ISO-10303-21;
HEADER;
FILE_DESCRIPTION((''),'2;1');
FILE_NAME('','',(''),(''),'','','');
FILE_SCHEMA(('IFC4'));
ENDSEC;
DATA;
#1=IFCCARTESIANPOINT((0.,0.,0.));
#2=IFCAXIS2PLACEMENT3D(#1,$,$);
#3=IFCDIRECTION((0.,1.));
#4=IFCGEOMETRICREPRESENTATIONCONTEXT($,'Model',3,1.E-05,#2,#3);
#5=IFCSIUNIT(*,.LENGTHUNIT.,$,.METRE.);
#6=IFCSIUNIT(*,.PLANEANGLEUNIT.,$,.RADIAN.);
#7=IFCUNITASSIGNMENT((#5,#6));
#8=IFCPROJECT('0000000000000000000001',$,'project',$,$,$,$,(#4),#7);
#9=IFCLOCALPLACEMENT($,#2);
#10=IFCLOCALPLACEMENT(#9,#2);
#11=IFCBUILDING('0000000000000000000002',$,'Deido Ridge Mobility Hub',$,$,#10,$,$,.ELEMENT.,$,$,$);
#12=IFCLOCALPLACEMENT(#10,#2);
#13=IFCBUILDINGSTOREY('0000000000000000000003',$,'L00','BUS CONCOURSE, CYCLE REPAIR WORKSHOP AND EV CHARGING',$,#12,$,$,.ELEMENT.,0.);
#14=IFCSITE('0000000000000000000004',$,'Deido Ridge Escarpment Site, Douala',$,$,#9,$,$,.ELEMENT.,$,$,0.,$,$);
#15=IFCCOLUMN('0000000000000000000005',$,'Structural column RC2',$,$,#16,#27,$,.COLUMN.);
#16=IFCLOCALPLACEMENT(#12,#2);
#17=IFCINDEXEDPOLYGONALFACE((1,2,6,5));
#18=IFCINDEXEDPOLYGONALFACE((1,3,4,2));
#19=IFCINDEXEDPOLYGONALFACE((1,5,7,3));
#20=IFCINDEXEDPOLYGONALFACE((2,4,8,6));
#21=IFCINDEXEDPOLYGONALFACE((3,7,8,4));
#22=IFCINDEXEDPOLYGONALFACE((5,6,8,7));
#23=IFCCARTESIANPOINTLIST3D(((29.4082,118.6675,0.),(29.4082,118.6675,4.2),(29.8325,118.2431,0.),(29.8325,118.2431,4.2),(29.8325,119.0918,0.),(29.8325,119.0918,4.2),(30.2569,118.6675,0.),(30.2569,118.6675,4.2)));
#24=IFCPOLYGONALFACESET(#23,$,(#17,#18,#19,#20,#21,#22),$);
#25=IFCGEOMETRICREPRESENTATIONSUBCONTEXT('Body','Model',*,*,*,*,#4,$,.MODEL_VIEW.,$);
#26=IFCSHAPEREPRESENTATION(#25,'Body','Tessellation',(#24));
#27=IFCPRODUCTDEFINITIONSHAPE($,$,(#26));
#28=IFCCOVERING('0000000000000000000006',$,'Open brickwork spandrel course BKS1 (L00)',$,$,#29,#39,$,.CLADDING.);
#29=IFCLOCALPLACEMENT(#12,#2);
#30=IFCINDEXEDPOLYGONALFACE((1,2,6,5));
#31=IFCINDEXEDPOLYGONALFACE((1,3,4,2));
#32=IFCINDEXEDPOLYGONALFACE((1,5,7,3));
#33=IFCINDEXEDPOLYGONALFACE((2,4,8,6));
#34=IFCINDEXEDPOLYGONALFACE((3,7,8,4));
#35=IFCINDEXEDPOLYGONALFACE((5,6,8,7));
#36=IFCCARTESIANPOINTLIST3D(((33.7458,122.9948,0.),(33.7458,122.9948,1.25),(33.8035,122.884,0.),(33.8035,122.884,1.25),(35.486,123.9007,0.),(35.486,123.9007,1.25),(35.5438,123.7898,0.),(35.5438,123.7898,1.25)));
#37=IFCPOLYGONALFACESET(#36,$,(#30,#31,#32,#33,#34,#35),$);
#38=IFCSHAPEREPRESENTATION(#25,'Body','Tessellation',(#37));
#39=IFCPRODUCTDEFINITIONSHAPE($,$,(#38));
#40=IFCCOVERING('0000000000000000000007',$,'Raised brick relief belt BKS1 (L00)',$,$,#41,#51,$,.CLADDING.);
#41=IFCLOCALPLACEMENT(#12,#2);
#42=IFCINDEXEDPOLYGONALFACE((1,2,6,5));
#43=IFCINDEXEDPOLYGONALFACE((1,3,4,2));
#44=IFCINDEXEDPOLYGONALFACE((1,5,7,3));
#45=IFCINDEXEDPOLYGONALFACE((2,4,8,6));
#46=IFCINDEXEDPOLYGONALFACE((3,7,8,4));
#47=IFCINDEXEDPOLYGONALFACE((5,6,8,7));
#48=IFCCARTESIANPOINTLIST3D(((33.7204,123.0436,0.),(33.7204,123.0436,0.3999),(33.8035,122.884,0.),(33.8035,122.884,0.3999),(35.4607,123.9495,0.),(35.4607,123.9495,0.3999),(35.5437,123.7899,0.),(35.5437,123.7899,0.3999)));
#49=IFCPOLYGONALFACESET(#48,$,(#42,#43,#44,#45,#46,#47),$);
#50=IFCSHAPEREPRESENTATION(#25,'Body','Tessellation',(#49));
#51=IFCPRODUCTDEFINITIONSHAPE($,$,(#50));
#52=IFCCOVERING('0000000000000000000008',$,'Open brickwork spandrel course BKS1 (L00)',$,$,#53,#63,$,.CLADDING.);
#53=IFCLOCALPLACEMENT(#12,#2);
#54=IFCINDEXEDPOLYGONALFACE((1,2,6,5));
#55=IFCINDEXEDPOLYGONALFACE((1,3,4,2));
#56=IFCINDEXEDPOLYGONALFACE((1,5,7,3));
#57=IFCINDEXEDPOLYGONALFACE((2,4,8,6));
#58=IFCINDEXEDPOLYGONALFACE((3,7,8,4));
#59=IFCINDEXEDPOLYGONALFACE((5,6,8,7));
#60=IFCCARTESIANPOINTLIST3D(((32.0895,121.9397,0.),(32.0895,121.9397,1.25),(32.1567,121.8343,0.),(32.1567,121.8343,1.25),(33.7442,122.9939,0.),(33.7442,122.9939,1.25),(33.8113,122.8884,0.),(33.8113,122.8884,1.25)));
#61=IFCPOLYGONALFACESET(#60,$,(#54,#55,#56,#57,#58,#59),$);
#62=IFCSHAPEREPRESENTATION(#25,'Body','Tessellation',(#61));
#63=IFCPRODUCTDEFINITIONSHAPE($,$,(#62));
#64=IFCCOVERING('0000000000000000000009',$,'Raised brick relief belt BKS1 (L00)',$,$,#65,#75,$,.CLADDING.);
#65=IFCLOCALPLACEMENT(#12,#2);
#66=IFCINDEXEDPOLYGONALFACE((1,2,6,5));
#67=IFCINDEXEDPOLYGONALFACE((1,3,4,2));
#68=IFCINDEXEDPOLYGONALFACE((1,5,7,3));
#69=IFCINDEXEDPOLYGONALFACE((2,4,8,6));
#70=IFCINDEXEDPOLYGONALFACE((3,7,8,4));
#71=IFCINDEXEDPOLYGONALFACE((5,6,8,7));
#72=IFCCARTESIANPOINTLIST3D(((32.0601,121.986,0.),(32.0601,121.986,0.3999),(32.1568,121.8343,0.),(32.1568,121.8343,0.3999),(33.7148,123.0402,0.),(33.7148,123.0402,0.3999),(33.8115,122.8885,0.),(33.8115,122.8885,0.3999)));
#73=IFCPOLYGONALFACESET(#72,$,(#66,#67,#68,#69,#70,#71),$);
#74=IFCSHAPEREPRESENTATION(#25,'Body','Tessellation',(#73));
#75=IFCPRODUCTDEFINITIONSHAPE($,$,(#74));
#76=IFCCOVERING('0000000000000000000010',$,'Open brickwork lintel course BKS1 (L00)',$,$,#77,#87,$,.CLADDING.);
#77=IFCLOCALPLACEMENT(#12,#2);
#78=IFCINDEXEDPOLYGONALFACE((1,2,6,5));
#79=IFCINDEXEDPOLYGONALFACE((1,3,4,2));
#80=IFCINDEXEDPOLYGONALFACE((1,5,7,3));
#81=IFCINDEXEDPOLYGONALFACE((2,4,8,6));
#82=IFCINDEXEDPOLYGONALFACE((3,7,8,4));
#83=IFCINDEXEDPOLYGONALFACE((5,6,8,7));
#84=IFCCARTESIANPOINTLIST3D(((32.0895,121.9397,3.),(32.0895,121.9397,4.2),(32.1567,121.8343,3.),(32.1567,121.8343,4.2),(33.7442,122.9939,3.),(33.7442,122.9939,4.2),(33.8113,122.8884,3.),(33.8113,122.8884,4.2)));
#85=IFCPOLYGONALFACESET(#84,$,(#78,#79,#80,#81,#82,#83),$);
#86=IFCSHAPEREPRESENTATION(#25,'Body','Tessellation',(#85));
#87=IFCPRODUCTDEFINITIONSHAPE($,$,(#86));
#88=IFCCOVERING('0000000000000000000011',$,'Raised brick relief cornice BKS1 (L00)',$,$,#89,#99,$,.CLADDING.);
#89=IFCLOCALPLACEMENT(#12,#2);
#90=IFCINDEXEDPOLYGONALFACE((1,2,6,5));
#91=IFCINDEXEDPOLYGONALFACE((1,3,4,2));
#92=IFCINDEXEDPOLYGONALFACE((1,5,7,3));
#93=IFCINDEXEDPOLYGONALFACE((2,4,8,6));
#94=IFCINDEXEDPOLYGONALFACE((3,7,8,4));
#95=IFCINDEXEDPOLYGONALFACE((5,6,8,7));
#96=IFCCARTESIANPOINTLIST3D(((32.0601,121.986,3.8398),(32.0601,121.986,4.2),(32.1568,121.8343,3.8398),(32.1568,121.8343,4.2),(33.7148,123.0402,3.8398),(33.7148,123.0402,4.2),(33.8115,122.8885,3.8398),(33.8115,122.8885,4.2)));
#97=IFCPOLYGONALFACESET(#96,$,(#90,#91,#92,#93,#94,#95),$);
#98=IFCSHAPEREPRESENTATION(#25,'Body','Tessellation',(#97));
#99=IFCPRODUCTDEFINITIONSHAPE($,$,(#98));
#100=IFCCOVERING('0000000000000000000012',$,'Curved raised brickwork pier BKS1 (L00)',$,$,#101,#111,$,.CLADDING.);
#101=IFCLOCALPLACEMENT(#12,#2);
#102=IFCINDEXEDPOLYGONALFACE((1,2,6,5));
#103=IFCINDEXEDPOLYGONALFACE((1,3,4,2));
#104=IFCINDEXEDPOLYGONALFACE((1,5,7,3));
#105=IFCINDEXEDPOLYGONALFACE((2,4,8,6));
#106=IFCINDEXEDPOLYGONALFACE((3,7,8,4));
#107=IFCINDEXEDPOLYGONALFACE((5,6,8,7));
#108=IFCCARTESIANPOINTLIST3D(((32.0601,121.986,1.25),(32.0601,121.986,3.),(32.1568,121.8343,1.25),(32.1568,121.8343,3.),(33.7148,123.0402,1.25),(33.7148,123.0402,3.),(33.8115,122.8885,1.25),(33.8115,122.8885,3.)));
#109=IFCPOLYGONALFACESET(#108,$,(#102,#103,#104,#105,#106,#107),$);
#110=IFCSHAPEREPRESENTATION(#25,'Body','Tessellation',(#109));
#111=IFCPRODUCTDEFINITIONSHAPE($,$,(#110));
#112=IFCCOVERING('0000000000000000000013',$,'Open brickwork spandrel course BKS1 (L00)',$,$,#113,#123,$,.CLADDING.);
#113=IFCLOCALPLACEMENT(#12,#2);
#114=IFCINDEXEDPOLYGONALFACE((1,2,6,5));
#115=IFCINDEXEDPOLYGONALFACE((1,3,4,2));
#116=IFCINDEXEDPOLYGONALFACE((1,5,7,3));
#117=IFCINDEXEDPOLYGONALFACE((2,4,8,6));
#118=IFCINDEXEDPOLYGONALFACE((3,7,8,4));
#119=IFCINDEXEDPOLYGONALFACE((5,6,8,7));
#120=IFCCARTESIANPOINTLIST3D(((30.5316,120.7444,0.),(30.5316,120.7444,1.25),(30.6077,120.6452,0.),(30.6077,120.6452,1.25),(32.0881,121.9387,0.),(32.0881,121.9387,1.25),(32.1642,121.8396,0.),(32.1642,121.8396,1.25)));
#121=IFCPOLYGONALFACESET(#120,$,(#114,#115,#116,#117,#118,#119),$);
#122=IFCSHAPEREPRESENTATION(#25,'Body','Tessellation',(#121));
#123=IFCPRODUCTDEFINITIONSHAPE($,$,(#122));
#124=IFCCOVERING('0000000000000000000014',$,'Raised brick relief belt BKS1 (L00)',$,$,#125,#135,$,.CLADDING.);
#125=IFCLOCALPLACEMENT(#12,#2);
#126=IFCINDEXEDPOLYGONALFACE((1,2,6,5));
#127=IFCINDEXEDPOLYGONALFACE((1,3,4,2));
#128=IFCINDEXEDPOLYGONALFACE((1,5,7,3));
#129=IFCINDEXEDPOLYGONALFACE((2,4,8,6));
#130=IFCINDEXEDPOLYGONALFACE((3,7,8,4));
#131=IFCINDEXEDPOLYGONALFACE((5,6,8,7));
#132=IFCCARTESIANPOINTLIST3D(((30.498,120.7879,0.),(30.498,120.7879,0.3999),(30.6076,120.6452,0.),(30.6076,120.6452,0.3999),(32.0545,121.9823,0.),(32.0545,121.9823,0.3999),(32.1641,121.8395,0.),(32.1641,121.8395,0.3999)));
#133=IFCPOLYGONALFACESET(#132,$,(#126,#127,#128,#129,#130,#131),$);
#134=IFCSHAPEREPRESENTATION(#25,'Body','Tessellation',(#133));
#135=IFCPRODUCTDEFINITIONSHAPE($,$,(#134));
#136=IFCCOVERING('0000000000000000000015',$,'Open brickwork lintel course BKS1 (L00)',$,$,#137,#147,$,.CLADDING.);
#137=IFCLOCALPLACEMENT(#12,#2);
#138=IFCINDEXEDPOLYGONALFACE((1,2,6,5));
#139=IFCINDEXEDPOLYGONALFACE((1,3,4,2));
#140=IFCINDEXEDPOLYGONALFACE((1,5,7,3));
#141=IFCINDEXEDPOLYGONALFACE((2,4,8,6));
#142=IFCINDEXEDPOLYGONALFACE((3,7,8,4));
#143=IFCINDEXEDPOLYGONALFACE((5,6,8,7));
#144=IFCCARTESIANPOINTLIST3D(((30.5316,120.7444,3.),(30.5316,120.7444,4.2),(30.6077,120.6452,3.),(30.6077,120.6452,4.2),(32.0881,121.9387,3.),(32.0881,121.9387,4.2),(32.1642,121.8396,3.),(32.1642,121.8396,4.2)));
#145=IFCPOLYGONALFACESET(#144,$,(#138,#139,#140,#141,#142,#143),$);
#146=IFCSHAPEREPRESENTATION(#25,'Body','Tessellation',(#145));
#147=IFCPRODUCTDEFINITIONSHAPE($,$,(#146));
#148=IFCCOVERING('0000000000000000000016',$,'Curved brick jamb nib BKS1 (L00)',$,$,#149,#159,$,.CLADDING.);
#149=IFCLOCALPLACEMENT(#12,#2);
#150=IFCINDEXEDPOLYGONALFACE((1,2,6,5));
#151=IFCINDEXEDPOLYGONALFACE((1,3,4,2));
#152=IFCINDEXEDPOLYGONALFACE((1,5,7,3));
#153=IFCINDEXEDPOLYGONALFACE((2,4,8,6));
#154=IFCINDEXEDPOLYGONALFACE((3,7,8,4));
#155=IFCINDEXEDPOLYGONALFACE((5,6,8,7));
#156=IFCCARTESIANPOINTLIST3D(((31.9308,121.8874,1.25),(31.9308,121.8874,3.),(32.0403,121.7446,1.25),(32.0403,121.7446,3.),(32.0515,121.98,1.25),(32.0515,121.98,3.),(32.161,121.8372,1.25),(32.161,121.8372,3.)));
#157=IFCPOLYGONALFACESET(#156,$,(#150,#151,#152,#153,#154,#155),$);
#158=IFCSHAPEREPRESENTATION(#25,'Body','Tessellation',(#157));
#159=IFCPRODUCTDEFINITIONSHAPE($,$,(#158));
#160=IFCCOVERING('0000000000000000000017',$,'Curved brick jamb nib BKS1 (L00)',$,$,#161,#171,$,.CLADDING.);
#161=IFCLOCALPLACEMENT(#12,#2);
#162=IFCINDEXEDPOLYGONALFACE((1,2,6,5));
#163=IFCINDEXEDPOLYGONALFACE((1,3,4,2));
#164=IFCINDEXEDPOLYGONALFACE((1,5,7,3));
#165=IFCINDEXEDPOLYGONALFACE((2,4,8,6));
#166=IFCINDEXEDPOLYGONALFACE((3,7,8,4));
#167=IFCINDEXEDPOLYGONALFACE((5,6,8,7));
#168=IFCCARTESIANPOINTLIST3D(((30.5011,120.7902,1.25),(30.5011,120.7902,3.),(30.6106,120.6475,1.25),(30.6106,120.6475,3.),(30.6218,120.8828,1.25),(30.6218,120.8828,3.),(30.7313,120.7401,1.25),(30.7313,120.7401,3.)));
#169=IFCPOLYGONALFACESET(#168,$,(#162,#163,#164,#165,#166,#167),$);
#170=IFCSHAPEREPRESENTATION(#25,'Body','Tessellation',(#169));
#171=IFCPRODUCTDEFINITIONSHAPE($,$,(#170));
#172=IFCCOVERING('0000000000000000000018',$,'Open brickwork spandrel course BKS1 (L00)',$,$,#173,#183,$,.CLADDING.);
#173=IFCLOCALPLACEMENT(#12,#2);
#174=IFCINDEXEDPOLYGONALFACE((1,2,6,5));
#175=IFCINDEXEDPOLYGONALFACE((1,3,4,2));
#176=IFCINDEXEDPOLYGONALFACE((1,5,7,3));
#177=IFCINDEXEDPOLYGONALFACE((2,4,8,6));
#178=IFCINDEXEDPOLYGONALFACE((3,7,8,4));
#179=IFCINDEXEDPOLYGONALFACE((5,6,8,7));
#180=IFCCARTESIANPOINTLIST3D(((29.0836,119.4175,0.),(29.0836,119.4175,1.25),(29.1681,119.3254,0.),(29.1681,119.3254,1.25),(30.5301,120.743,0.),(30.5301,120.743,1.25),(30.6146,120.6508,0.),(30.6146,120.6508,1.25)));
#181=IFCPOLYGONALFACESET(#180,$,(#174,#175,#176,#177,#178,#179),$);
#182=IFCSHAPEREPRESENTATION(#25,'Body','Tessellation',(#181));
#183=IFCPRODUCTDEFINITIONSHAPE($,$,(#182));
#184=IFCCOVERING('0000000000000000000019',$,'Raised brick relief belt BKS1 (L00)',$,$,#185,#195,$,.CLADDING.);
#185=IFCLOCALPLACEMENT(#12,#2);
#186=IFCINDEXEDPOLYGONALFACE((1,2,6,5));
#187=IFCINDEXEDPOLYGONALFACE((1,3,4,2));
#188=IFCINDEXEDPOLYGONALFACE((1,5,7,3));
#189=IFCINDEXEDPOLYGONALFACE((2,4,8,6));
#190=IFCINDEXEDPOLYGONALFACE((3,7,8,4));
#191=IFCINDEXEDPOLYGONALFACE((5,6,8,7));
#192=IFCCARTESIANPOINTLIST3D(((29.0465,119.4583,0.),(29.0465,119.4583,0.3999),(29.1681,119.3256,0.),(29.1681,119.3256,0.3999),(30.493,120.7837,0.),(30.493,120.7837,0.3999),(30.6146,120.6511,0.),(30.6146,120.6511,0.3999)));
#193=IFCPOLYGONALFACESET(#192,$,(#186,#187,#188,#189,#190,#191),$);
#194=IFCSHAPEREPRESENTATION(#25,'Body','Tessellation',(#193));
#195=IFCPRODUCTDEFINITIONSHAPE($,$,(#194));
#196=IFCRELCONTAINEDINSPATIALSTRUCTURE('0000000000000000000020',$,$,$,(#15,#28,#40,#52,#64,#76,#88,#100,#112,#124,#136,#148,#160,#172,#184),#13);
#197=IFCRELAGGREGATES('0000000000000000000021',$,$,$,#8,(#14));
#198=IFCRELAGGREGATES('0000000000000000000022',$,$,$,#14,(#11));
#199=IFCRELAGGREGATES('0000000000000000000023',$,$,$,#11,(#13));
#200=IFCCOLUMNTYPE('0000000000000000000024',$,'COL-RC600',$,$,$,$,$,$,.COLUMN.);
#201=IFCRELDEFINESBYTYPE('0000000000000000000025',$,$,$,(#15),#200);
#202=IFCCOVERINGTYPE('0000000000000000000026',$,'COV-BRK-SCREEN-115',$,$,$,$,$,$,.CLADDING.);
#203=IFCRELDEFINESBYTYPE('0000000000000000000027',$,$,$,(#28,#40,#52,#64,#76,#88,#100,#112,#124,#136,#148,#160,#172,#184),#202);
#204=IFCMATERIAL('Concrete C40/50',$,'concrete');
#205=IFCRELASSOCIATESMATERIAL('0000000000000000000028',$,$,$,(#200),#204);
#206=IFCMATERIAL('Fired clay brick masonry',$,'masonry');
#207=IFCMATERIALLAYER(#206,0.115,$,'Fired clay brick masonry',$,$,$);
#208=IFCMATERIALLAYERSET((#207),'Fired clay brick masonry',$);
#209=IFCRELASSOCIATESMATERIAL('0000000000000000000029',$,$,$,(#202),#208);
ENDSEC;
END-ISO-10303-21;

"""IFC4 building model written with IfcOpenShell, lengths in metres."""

from ifc_helpers import new_model, si_unit, direction, frame, origin, origin_2d, place, context, subcontext, project, spatial, rectangle, extrude, material, layer, layer_set, material_profile, profile_set, type_object, element, save


model = new_model("IFC4")

# Units and contexts
model_context = context("Model", 3, precision=1e-05, world=origin(), true_north=direction((0.0, 1.0)))
body_context = subcontext(model_context, "Body", "Model", "MODEL_VIEW")
ifc_project = project(units=[si_unit("LENGTHUNIT", "METRE"), si_unit("PLANEANGLEUNIT", "RADIAN")], contexts=[model_context])

# Site, building, storey
site_placement = place(None, origin())
site = spatial("IfcSite", under=ifc_project, at=site_placement, Name="Deido Ridge Escarpment Site, Douala", CompositionType="ELEMENT", RefElevation=0.0)
building_placement = place(site_placement, origin())
building = spatial("IfcBuilding", under=site, at=building_placement, Name="Deido Ridge Mobility Hub", CompositionType="ELEMENT")
storey_placement = place(building_placement, origin())
storey = spatial("IfcBuildingStorey", under=building, at=storey_placement, Name="L00", Description="BUS CONCOURSE, CYCLE REPAIR WORKSHOP AND EV CHARGING", CompositionType="ELEMENT", Elevation=0.0)

# Column
ifc_material_1 = material(Name="Concrete C40/50", Category="concrete")
ifc_material_profile = material_profile(ifc_material_1, rectangle(XDim=0.6001, YDim=0.6001, at=origin_2d()), Name="RC COL 600x600")
ifc_profile_set = profile_set([ifc_material_profile], Name="Concrete C40/50")
column_type = type_object("IfcColumnType", Name="COL-RC600", PredefinedType="COLUMN", material=ifc_profile_set)
column_placement = place(storey_placement, frame((29.8325, 118.6675, 0.0), z_axis=(0.0, 0.0, 1.0), x_axis=(-0.707107, 0.707107, 0.0)))
element("IfcColumn", 1, at=column_placement, inside=storey, type_object=column_type, Name="Structural column RC2", PredefinedType="COLUMN", context=body_context, shape_type="SweptSolid", body=[
    extrude(rectangle(XDim=0.6001, YDim=0.6001, at=origin_2d()), origin(), (0.0, 0.0, 1.0), 4.2),
])

# Coverings
ifc_material_2 = material(Name="Fired clay brick masonry", Category="masonry")
ifc_layer = layer(ifc_material_2, 0.115, Name="Fired clay brick masonry")
ifc_layer_set = layer_set([ifc_layer], Name="Fired clay brick masonry")
covering_type = type_object("IfcCoveringType", Name="COV-BRK-SCREEN-115", PredefinedType="CLADDING", material=ifc_layer_set)
covering_1_placement = place(storey_placement, frame((34.6448, 123.3923, 0.0), z_axis=(0.0, 0.0, 1.0), x_axis=(-0.887019, -0.461733, 0.0)))
element("IfcCovering", 2, at=covering_1_placement, inside=storey, type_object=covering_type, Name="Open brickwork spandrel course BKS1 (L00)", PredefinedType="CLADDING", context=body_context, shape_type="SweptSolid", body=[
    extrude(rectangle(XDim=1.9619, YDim=0.125, at=origin_2d()), origin(), (0.0, 0.0, 1.0), 1.25),
])
covering_2_placement = place(storey_placement, frame((34.6321, 123.4167, 0.0), z_axis=(0.0, 0.0, 1.0), x_axis=(-0.887019, -0.461733, 0.0)))
element("IfcCovering", 3, at=covering_2_placement, inside=storey, type_object=covering_type, Name="Raised brick relief belt BKS1 (L00)", PredefinedType="CLADDING", context=body_context, shape_type="SweptSolid", body=[
    extrude(rectangle(XDim=1.9619, YDim=0.1799, at=origin_2d()), origin(), (0.0, 0.0, 1.0), 0.3999),
])
covering_3_placement = place(storey_placement, frame((32.9504, 122.4141, 0.0), z_axis=(0.0, 0.0, 1.0), x_axis=(-0.843382, -0.537314, 0.0)))
element("IfcCovering", 4, at=covering_3_placement, inside=storey, type_object=covering_type, Name="Open brickwork spandrel course BKS1 (L00)", PredefinedType="CLADDING", context=body_context, shape_type="SweptSolid", body=[
    extrude(rectangle(XDim=1.9619, YDim=0.125, at=origin_2d()), origin(), (0.0, 0.0, 1.0), 1.25),
])
covering_4_placement = place(storey_placement, frame((32.9358, 122.4373, 0.0), z_axis=(0.0, 0.0, 1.0), x_axis=(-0.843382, -0.537314, 0.0)))
element("IfcCovering", 5, at=covering_4_placement, inside=storey, type_object=covering_type, Name="Raised brick relief belt BKS1 (L00)", PredefinedType="CLADDING", context=body_context, shape_type="SweptSolid", body=[
    extrude(rectangle(XDim=1.9619, YDim=0.1799, at=origin_2d()), origin(), (0.0, 0.0, 1.0), 0.3999),
])
covering_5_placement = place(storey_placement, frame((32.9504, 122.4141, 3.0), z_axis=(0.0, 0.0, 1.0), x_axis=(-0.843382, -0.537314, 0.0)))
element("IfcCovering", 6, at=covering_5_placement, inside=storey, type_object=covering_type, Name="Open brickwork lintel course BKS1 (L00)", PredefinedType="CLADDING", context=body_context, shape_type="SweptSolid", body=[
    extrude(rectangle(XDim=1.9619, YDim=0.125, at=origin_2d()), origin(), (0.0, 0.0, 1.0), 1.2),
])
covering_6_placement = place(storey_placement, frame((32.9358, 122.4373, 3.8398), z_axis=(0.0, 0.0, 1.0), x_axis=(-0.843382, -0.537314, 0.0)))
element("IfcCovering", 7, at=covering_6_placement, inside=storey, type_object=covering_type, Name="Raised brick relief cornice BKS1 (L00)", PredefinedType="CLADDING", context=body_context, shape_type="SweptSolid", body=[
    extrude(rectangle(XDim=1.9619, YDim=0.1799, at=origin_2d()), origin(), (0.0, 0.0, 1.0), 0.3601),
])
covering_7_placement = place(storey_placement, frame((32.9358, 122.4373, 1.25), z_axis=(0.0, 0.0, 1.0), x_axis=(-0.843382, -0.537314, 0.0)))
element("IfcCovering", 8, at=covering_7_placement, inside=storey, type_object=covering_type, Name="Curved raised brickwork pier BKS1 (L00)", PredefinedType="CLADDING", context=body_context, shape_type="SweptSolid", body=[
    extrude(rectangle(XDim=1.9619, YDim=0.1799, at=origin_2d()), origin(), (0.0, 0.0, 1.0), 1.75),
])
covering_8_placement = place(storey_placement, frame((31.3479, 121.292, 0.0), z_axis=(0.0, 0.0, 1.0), x_axis=(-0.793353, -0.608761, 0.0)))
element("IfcCovering", 9, at=covering_8_placement, inside=storey, type_object=covering_type, Name="Open brickwork spandrel course BKS1 (L00)", PredefinedType="CLADDING", context=body_context, shape_type="SweptSolid", body=[
    extrude(rectangle(XDim=1.9619, YDim=0.125, at=origin_2d()), origin(), (0.0, 0.0, 1.0), 1.25),
])
covering_9_placement = place(storey_placement, frame((31.3311, 121.3137, 0.0), z_axis=(0.0, 0.0, 1.0), x_axis=(-0.793353, -0.608761, 0.0)))
element("IfcCovering", 10, at=covering_9_placement, inside=storey, type_object=covering_type, Name="Raised brick relief belt BKS1 (L00)", PredefinedType="CLADDING", context=body_context, shape_type="SweptSolid", body=[
    extrude(rectangle(XDim=1.9619, YDim=0.1799, at=origin_2d()), origin(), (0.0, 0.0, 1.0), 0.3999),
])
covering_10_placement = place(storey_placement, frame((31.3479, 121.292, 3.0), z_axis=(0.0, 0.0, 1.0), x_axis=(-0.793353, -0.608761, 0.0)))
element("IfcCovering", 11, at=covering_10_placement, inside=storey, type_object=covering_type, Name="Open brickwork lintel course BKS1 (L00)", PredefinedType="CLADDING", context=body_context, shape_type="SweptSolid", body=[
    extrude(rectangle(XDim=1.9619, YDim=0.125, at=origin_2d()), origin(), (0.0, 0.0, 1.0), 1.2),
])
for number, where, z_axis, x_axis, name in (
    (12, (32.0459, 121.8623, 1.25), (0.0, 0.0, 1.0), (-0.793353, -0.608761, 0.0), "Curved brick jamb nib BKS1 (L00)"),
    (13, (30.6162, 120.7651, 1.25), (0.0, 0.0, 1.0), (-0.793353, -0.608761, 0.0), "Curved brick jamb nib BKS1 (L00)"),
):
    element("IfcCovering", number, at=place(storey_placement, frame(where, z_axis=z_axis, x_axis=x_axis)), inside=storey, type_object=covering_type, Name=name, PredefinedType="CLADDING", context=body_context, shape_type="SweptSolid", body=[
        extrude(rectangle(XDim=0.1521, YDim=0.1799, at=origin_2d()), origin(), (0.0, 0.0, 1.0), 1.75),
    ])
covering_11_placement = place(storey_placement, frame((29.8491, 120.0342, 0.0), z_axis=(0.0, 0.0, 1.0), x_axis=(-0.737289, -0.675577, 0.0)))
element("IfcCovering", 14, at=covering_11_placement, inside=storey, type_object=covering_type, Name="Open brickwork spandrel course BKS1 (L00)", PredefinedType="CLADDING", context=body_context, shape_type="SweptSolid", body=[
    extrude(rectangle(XDim=1.9619, YDim=0.125, at=origin_2d()), origin(), (0.0, 0.0, 1.0), 1.25),
])
covering_12_placement = place(storey_placement, frame((29.8306, 120.0547, 0.0), z_axis=(0.0, 0.0, 1.0), x_axis=(-0.737289, -0.675577, 0.0)))
element("IfcCovering", 15, at=covering_12_placement, inside=storey, type_object=covering_type, Name="Raised brick relief belt BKS1 (L00)", PredefinedType="CLADDING", context=body_context, shape_type="SweptSolid", body=[
    extrude(rectangle(XDim=1.9619, YDim=0.1799, at=origin_2d()), origin(), (0.0, 0.0, 1.0), 0.3999),
])

save(model, "model.ifc")
